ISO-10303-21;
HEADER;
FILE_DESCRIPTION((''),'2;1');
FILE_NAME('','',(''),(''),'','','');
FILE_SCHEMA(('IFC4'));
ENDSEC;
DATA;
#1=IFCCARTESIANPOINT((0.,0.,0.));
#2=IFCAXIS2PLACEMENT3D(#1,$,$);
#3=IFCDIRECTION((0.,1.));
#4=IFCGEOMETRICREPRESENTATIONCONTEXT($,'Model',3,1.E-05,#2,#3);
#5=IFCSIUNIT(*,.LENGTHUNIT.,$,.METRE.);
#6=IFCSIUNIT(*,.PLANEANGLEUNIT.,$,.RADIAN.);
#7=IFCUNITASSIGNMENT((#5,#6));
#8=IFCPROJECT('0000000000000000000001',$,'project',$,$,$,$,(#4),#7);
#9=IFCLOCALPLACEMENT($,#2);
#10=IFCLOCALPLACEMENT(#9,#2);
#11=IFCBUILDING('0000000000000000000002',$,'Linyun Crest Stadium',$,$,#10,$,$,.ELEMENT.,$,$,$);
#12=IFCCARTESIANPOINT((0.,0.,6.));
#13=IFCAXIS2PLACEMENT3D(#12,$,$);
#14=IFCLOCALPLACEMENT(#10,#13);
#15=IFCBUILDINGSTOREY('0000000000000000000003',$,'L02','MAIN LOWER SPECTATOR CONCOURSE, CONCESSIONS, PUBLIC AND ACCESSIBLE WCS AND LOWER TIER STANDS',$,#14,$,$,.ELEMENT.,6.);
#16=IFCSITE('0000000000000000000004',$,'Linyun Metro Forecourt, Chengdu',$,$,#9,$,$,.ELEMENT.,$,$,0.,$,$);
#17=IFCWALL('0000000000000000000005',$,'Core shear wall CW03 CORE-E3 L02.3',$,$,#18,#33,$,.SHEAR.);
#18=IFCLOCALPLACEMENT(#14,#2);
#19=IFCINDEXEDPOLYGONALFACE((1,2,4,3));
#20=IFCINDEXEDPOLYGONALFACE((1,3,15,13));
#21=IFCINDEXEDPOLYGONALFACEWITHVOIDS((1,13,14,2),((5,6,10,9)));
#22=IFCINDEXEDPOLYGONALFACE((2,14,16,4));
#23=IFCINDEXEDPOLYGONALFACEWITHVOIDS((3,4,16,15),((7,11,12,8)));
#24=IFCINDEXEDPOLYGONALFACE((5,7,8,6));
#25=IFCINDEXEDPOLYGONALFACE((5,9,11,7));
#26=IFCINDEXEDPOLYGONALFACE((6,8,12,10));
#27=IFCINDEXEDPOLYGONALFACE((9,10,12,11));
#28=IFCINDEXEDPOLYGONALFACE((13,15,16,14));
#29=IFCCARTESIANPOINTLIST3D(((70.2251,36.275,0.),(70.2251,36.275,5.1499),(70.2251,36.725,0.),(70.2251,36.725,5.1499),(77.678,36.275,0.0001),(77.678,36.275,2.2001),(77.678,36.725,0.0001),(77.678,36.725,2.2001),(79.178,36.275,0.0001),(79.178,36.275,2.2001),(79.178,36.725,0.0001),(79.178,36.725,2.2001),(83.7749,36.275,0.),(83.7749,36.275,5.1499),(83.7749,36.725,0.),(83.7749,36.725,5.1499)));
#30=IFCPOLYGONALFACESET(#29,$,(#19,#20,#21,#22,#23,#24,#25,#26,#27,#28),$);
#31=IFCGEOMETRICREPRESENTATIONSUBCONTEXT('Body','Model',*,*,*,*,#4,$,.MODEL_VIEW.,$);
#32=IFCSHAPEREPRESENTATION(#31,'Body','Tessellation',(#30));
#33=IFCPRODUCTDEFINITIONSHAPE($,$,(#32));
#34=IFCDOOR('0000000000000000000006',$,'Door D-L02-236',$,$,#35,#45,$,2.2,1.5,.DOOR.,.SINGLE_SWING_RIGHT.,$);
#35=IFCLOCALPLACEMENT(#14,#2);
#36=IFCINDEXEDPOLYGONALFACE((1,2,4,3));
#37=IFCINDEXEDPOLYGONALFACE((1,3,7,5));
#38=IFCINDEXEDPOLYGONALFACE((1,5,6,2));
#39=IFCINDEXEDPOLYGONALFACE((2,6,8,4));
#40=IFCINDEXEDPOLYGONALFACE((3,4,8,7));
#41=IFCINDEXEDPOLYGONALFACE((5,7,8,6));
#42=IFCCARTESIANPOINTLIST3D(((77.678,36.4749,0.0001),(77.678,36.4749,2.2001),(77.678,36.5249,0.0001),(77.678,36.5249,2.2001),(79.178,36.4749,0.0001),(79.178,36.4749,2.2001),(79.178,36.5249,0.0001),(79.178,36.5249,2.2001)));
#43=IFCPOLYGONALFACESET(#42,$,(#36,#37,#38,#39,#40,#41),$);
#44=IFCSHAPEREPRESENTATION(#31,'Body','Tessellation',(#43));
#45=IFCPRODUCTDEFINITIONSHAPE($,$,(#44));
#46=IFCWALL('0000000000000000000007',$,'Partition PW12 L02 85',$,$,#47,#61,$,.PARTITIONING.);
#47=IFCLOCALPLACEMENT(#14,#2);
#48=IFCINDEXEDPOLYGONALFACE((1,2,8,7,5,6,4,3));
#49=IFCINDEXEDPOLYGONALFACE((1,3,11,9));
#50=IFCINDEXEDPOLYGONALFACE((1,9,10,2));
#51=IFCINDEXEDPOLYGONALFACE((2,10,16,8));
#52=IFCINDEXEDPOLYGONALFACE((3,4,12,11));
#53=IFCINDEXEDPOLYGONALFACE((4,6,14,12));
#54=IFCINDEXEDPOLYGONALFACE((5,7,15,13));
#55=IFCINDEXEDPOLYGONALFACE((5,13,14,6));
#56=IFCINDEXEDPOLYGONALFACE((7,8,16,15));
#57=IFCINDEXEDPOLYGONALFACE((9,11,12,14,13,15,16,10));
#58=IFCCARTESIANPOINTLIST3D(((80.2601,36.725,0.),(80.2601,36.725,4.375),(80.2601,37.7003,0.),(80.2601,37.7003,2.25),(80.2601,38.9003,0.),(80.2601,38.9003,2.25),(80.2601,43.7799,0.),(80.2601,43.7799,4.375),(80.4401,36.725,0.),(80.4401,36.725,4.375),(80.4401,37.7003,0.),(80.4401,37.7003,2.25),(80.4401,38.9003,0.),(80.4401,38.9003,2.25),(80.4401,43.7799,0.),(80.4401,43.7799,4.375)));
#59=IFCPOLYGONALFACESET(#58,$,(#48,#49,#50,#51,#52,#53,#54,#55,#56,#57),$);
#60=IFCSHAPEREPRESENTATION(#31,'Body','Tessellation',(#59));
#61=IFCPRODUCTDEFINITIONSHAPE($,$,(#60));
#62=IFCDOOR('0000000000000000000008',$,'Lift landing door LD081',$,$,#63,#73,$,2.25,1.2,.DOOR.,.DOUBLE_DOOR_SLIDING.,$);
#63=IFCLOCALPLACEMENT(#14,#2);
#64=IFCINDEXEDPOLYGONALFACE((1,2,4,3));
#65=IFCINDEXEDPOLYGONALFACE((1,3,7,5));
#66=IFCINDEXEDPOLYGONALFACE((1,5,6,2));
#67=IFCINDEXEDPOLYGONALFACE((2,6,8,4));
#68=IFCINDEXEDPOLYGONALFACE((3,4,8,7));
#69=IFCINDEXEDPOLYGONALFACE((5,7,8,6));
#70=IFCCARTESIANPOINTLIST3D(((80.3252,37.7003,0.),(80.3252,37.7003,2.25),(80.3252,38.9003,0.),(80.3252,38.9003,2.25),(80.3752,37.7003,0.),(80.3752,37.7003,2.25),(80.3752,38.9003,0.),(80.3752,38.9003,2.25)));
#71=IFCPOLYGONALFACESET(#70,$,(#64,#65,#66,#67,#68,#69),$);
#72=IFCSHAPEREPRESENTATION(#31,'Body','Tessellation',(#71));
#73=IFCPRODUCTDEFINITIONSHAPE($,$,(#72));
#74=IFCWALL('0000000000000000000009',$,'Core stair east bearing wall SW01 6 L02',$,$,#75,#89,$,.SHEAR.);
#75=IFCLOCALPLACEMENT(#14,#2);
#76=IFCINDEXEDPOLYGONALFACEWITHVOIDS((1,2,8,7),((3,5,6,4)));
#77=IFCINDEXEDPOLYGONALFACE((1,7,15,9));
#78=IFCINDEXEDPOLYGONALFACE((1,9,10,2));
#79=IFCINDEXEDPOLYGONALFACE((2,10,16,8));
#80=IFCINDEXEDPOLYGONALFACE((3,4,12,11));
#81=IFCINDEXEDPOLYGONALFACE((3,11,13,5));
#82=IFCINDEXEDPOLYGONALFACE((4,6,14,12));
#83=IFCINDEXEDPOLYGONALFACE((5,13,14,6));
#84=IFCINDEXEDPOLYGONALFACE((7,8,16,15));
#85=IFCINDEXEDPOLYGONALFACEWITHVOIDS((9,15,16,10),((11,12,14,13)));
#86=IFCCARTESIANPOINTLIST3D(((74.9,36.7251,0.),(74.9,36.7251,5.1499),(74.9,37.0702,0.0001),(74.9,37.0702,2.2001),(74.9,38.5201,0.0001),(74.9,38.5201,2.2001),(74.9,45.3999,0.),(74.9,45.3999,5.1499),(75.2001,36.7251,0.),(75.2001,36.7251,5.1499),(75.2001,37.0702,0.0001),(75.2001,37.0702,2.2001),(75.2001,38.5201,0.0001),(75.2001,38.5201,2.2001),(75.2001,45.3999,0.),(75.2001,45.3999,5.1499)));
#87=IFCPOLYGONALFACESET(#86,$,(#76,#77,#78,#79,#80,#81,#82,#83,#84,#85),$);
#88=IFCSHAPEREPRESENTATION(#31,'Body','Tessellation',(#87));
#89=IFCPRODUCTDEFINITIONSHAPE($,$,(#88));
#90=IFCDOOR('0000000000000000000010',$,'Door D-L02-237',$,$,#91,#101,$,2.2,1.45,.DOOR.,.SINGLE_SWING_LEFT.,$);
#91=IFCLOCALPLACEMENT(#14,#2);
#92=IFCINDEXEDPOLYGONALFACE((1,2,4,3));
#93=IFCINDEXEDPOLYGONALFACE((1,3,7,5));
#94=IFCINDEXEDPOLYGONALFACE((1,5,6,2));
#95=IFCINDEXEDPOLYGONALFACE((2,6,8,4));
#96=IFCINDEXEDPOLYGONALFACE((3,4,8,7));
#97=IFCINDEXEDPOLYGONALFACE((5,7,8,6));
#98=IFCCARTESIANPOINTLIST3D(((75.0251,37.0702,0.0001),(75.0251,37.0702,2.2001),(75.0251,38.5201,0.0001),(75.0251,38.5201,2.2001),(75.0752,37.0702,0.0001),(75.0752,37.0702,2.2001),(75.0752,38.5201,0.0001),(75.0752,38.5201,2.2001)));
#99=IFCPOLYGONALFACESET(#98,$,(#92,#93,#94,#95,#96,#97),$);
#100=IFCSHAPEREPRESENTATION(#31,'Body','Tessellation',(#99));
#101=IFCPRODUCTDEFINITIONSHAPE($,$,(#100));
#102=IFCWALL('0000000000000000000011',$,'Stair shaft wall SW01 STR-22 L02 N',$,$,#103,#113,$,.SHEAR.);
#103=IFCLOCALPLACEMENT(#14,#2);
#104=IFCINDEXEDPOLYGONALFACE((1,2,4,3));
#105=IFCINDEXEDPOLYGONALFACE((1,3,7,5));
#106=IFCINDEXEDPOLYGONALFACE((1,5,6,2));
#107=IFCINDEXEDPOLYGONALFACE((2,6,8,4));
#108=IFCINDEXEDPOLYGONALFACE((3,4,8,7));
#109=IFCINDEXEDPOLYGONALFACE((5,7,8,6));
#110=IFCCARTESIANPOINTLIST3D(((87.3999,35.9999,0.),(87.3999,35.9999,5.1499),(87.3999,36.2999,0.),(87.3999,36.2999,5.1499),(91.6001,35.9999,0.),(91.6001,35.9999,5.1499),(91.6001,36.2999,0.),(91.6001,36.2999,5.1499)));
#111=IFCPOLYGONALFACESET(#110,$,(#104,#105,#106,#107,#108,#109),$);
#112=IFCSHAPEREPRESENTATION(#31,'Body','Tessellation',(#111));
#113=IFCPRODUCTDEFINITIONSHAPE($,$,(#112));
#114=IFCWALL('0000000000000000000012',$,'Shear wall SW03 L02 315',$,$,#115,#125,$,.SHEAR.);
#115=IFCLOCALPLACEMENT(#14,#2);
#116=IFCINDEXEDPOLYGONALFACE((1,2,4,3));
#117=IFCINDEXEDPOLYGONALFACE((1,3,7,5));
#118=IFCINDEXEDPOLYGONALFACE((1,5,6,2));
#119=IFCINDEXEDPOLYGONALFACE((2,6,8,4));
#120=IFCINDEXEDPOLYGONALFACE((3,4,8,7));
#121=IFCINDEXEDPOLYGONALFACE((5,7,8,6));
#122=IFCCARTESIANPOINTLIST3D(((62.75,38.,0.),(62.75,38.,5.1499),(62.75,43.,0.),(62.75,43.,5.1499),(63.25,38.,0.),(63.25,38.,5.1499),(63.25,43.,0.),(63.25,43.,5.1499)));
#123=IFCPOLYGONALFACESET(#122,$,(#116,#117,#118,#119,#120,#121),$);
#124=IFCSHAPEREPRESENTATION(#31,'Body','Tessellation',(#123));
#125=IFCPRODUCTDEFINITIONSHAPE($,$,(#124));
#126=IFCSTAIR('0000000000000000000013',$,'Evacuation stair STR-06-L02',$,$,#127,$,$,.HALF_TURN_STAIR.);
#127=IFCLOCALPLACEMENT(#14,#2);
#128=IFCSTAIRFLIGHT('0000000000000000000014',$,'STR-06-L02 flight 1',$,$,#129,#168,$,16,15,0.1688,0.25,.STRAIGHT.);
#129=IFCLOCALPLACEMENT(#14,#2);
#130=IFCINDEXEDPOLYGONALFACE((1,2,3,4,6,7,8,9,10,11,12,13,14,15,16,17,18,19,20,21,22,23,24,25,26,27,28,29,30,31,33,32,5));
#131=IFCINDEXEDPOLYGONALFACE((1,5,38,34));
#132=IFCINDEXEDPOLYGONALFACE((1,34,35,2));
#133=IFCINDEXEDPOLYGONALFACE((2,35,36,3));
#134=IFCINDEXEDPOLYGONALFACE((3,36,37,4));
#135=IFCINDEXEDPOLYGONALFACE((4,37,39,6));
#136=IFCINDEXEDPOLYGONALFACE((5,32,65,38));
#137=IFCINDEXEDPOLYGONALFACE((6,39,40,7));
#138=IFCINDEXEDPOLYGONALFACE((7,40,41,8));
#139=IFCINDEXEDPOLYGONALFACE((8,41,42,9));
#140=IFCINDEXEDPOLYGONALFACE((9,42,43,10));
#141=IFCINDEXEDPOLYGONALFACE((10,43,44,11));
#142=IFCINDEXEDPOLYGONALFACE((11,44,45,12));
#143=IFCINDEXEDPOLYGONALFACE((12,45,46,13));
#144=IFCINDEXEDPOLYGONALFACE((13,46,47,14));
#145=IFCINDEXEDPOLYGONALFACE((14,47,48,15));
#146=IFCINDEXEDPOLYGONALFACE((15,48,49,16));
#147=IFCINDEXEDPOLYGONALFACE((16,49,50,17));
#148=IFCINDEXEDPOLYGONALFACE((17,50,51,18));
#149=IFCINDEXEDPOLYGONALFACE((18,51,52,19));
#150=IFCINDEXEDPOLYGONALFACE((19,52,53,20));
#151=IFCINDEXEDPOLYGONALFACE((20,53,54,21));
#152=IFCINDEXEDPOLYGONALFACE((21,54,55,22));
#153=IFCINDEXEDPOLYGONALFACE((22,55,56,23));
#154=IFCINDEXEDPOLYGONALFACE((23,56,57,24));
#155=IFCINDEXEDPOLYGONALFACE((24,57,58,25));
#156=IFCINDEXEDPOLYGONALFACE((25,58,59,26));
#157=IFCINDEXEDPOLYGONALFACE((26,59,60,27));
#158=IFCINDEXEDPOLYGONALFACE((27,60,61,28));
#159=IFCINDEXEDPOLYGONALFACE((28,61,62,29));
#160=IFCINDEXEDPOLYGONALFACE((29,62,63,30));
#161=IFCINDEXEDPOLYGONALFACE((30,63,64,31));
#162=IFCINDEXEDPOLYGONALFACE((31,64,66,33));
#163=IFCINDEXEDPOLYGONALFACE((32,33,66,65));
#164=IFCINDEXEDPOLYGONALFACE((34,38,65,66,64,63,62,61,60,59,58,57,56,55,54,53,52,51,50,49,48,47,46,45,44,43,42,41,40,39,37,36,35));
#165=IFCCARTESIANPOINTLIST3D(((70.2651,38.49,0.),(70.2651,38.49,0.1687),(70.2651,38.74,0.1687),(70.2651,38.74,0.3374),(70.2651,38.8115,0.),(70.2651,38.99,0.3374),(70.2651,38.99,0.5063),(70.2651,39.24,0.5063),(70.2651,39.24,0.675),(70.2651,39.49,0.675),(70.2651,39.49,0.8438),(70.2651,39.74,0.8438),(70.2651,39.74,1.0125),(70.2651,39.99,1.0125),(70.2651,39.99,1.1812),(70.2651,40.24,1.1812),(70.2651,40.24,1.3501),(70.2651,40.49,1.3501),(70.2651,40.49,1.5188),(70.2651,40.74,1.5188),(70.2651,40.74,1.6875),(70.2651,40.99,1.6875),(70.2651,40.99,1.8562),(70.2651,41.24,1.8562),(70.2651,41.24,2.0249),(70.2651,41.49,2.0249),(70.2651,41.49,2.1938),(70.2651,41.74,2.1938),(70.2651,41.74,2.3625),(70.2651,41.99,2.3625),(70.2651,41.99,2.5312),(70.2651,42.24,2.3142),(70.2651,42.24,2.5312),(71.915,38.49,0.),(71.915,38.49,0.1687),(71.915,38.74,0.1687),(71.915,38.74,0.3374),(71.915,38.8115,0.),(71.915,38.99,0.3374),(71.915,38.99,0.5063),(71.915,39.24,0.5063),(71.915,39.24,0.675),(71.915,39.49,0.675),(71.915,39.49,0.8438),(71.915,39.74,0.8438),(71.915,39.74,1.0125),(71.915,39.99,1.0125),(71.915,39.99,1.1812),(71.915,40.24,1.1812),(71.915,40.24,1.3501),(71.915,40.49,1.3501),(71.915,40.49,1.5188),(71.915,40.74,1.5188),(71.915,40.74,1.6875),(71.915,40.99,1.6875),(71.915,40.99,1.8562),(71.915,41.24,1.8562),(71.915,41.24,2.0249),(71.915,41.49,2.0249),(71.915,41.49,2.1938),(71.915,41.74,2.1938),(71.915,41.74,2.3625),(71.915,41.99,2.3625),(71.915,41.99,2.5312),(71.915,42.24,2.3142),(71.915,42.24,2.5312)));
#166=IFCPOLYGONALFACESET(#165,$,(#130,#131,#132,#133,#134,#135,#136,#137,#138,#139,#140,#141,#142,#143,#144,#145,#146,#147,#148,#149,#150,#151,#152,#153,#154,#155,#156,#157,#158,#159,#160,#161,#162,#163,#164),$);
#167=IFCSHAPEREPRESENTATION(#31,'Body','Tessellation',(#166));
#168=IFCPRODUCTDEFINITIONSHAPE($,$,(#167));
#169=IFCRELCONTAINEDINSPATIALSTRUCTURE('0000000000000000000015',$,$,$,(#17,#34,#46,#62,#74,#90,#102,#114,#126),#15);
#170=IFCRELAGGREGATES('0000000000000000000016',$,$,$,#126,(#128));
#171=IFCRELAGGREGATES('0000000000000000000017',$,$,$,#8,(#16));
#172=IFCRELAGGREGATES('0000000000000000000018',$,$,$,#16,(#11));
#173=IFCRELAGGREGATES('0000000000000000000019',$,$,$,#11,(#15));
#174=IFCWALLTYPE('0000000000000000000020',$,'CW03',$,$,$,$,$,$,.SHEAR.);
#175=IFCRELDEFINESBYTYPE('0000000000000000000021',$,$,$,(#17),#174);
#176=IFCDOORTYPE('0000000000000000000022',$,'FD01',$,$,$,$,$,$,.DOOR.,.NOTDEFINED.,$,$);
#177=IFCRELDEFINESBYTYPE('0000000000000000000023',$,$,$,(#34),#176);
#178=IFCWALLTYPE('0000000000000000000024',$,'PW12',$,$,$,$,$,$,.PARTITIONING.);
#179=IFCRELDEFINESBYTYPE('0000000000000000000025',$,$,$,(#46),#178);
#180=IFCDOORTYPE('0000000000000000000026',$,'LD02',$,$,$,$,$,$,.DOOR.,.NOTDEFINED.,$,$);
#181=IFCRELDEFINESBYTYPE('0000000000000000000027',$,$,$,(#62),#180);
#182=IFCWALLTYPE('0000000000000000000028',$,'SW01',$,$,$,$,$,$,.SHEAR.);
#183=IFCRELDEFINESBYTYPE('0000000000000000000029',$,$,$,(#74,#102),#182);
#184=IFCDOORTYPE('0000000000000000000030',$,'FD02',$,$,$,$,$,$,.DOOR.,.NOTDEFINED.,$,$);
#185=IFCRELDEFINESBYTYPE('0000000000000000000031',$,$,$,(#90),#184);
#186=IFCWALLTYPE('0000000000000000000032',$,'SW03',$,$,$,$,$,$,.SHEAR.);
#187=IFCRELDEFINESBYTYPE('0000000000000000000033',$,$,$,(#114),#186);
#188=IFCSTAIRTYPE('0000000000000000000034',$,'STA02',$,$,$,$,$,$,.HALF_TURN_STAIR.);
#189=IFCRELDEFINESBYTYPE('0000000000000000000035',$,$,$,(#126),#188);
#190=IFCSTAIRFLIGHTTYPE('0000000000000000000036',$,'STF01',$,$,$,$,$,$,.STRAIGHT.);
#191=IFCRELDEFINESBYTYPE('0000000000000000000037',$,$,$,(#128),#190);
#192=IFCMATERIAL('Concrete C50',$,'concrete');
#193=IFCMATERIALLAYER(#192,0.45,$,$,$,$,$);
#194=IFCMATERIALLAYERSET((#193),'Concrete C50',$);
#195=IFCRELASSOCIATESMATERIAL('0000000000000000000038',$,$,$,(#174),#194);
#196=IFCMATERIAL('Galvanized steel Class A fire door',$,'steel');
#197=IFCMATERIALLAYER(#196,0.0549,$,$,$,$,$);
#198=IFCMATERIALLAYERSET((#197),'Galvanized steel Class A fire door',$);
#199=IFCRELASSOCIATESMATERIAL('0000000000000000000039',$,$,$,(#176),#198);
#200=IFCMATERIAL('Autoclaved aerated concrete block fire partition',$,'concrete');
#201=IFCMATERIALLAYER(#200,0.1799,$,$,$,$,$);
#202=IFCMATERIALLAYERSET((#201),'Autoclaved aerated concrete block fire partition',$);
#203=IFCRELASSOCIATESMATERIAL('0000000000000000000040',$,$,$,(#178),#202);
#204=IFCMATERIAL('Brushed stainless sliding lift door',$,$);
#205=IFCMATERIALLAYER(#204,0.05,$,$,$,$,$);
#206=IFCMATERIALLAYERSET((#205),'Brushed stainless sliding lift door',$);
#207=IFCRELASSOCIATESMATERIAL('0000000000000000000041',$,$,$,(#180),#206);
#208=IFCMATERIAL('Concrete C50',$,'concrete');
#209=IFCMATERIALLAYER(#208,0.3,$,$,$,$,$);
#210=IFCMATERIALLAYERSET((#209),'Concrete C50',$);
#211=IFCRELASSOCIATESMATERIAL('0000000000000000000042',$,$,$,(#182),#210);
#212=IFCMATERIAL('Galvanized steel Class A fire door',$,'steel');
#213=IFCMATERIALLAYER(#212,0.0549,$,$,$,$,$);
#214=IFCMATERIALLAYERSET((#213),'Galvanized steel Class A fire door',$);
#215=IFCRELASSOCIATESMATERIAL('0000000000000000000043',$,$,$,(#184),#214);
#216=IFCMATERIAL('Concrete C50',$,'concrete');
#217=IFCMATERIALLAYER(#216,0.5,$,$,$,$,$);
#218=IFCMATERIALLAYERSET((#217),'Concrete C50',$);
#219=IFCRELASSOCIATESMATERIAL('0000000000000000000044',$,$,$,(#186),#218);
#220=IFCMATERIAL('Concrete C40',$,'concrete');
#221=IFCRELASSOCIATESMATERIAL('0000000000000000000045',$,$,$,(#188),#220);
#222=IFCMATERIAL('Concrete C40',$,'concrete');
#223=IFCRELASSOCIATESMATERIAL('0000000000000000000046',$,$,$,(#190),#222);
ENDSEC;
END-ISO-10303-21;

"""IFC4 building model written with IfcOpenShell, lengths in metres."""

from ifc_helpers import new_model, si_unit, direction, frame, frame_2d, origin, place, context, subcontext, project, spatial, polyline, rectangle, outline, extrude, material, layer, layer_set, type_object, element, fill, aggregate, save


model = new_model("IFC4")

# Units and contexts
model_context = context("Model", 3, precision=1e-05, world=origin(), true_north=direction((0.0, 1.0)))
body_context = subcontext(model_context, "Body", "Model", "MODEL_VIEW")
ifc_project = project(units=[si_unit("LENGTHUNIT", "METRE"), si_unit("PLANEANGLEUNIT", "RADIAN")], contexts=[model_context])

# Site, building, storey
site_placement = place(None, origin())
site = spatial("IfcSite", under=ifc_project, at=site_placement, Name="Linyun Metro Forecourt, Chengdu", CompositionType="ELEMENT", RefElevation=0.0)
building_placement = place(site_placement, origin())
building = spatial("IfcBuilding", under=site, at=building_placement, Name="Linyun Crest Stadium", CompositionType="ELEMENT")
storey_placement = place(building_placement, frame((0.0, 0.0, 6.0)))
storey = spatial("IfcBuildingStorey", under=building, at=storey_placement, Name="L02", Description="MAIN LOWER SPECTATOR CONCOURSE, CONCESSIONS, PUBLIC AND ACCESSIBLE WCS AND LOWER TIER STANDS", CompositionType="ELEMENT", Elevation=6.0)

# Shared definitions
ifc_material_1 = material(Name="Concrete C50", Category="concrete")
ifc_layer_1 = layer(ifc_material_1, 0.45)
ifc_layer_set_1 = layer_set([ifc_layer_1], Name="Concrete C50")
wall_type_1 = type_object("IfcWallType", Name="CW03", PredefinedType="SHEAR", material=ifc_layer_set_1)

# Walls, openings, doors
wall_1_placement = place(storey_placement, frame((70.2251, 36.5, 0.0), z_axis=(0.0, 0.0, 1.0), x_axis=(1.0, 0.0, 0.0)))
wall_1 = element("IfcWall", 1, at=wall_1_placement, inside=storey, type_object=wall_type_1, Name="Core shear wall CW03 CORE-E3 L02.3", PredefinedType="SHEAR", context=body_context, shape_type="SweptSolid", body=[
    extrude(rectangle(XDim=13.5498, YDim=0.45, at=frame_2d((6.7749, 0.0))), origin(), (0.0, 0.0, 1.0), 5.1499),
])
opening_1_placement = place(wall_1_placement, frame((7.4529, 0.0, 0.0)))
opening_1 = element("IfcOpeningElement", 2, at=opening_1_placement, cuts=wall_1, PredefinedType="OPENING", context=body_context, shape_type="SweptSolid", body=[
    extrude(rectangle(XDim=1.5, YDim=2.2, at=frame_2d((0.75, 1.1001))), frame((0.0, 0.2349, 0.0), z_axis=(0.0, -1.0, 0.0), x_axis=(1.0, 0.0, 0.0)), (0.0, 0.0, 1.0), 0.47),
])
ifc_material_2 = material(Name="Galvanized steel Class A fire door", Category="steel")
ifc_layer_2 = layer(ifc_material_2, 0.0549)
ifc_layer_set_2 = layer_set([ifc_layer_2], Name="Galvanized steel Class A fire door")
door_type_1 = type_object("IfcDoorType", Name="FD01", OperationType="NOTDEFINED", PredefinedType="DOOR", material=ifc_layer_set_2)
door_1_placement = place(opening_1_placement, origin())
door_1 = element("IfcDoor", 3, at=door_1_placement, inside=storey, type_object=door_type_1, Name="Door D-L02-236", OperationType="SINGLE_SWING_RIGHT", OverallHeight=2.2, OverallWidth=1.5, PredefinedType="DOOR", context=body_context, shape_type="SweptSolid", body=[
    extrude(rectangle(XDim=1.5, YDim=2.2, at=frame_2d((0.75, 1.1001))), frame((0.0, 0.0249, 0.0), z_axis=(0.0, -1.0, 0.0), x_axis=(1.0, 0.0, 0.0)), (0.0, 0.0, 1.0), 0.05),
])
fill(opening_1, door_1)
ifc_material_3 = material(Name="Autoclaved aerated concrete block fire partition", Category="concrete")
ifc_layer_3 = layer(ifc_material_3, 0.1799)
ifc_layer_set_3 = layer_set([ifc_layer_3], Name="Autoclaved aerated concrete block fire partition")
wall_type_2 = type_object("IfcWallType", Name="PW12", PredefinedType="PARTITIONING", material=ifc_layer_set_3)
wall_2_placement = place(storey_placement, frame((80.3501, 36.7251, 0.0), z_axis=(0.0, 0.0, 1.0), x_axis=(0.0, 1.0, 0.0)))
wall_2 = element("IfcWall", 4, at=wall_2_placement, inside=storey, type_object=wall_type_2, Name="Partition PW12 L02 85", PredefinedType="PARTITIONING", context=body_context, shape_type="SweptSolid", body=[
    extrude(rectangle(XDim=7.0549, YDim=0.1799, at=frame_2d((3.5273, 0.0))), origin(), (0.0, 0.0, 1.0), 4.375),
])
opening_2_placement = place(wall_2_placement, frame((0.9751, 0.0, 0.0)))
opening_2 = element("IfcOpeningElement", 5, at=opening_2_placement, cuts=wall_2, PredefinedType="OPENING", context=body_context, shape_type="SweptSolid", body=[
    extrude(rectangle(XDim=1.2, YDim=2.25, at=frame_2d((0.6001, 1.125))), frame((0.0, 0.0999, 0.0), z_axis=(0.0, -1.0, 0.0), x_axis=(1.0, 0.0, 0.0)), (0.0, 0.0, 1.0), 0.2),
])
ifc_material_4 = material(Name="Brushed stainless sliding lift door")
ifc_layer_4 = layer(ifc_material_4, 0.05)
ifc_layer_set_4 = layer_set([ifc_layer_4], Name="Brushed stainless sliding lift door")
door_type_2 = type_object("IfcDoorType", Name="LD02", OperationType="NOTDEFINED", PredefinedType="DOOR", material=ifc_layer_set_4)
door_2_placement = place(opening_2_placement, origin())
door_2 = element("IfcDoor", 6, at=door_2_placement, inside=storey, type_object=door_type_2, Name="Lift landing door LD081", OperationType="DOUBLE_DOOR_SLIDING", OverallHeight=2.25, OverallWidth=1.2, PredefinedType="DOOR", context=body_context, shape_type="SweptSolid", body=[
    extrude(rectangle(XDim=1.2, YDim=2.25, at=frame_2d((0.6001, 1.125))), frame((0.0, 0.0249, 0.0), z_axis=(0.0, -1.0, 0.0), x_axis=(1.0, 0.0, 0.0)), (0.0, 0.0, 1.0), 0.05),
])
fill(opening_2, door_2)
ifc_material_5 = material(Name="Concrete C50", Category="concrete")
ifc_layer_5 = layer(ifc_material_5, 0.3)
ifc_layer_set_5 = layer_set([ifc_layer_5], Name="Concrete C50")
wall_type_3 = type_object("IfcWallType", Name="SW01", PredefinedType="SHEAR", material=ifc_layer_set_5)
wall_3_placement = place(storey_placement, frame((75.05, 36.7251, 0.0), z_axis=(0.0, 0.0, 1.0), x_axis=(0.0, 1.0, 0.0)))
wall_3 = element("IfcWall", 7, at=wall_3_placement, inside=storey, type_object=wall_type_3, Name="Core stair east bearing wall SW01 6 L02", PredefinedType="SHEAR", context=body_context, shape_type="SweptSolid", body=[
    extrude(rectangle(XDim=8.6748, YDim=0.3, at=frame_2d((4.3374, 0.0))), origin(), (0.0, 0.0, 1.0), 5.1499),
])
opening_3_placement = place(wall_3_placement, frame((0.345, 0.0, 0.0)))
opening_3 = element("IfcOpeningElement", 8, at=opening_3_placement, cuts=wall_3, PredefinedType="OPENING", context=body_context, shape_type="SweptSolid", body=[
    extrude(rectangle(XDim=1.45, YDim=2.2, at=frame_2d((0.7251, 1.1001))), frame((0.0, 0.1599, 0.0), z_axis=(0.0, -1.0, 0.0), x_axis=(1.0, 0.0, 0.0)), (0.0, 0.0, 1.0), 0.3201),
])
ifc_material_6 = material(Name="Galvanized steel Class A fire door", Category="steel")
ifc_layer_6 = layer(ifc_material_6, 0.0549)
ifc_layer_set_6 = layer_set([ifc_layer_6], Name="Galvanized steel Class A fire door")
door_type_3 = type_object("IfcDoorType", Name="FD02", OperationType="NOTDEFINED", PredefinedType="DOOR", material=ifc_layer_set_6)
door_3_placement = place(opening_3_placement, origin())
door_3 = element("IfcDoor", 9, at=door_3_placement, inside=storey, type_object=door_type_3, Name="Door D-L02-237", OperationType="SINGLE_SWING_LEFT", OverallHeight=2.2, OverallWidth=1.45, PredefinedType="DOOR", context=body_context, shape_type="SweptSolid", body=[
    extrude(rectangle(XDim=1.45, YDim=2.2, at=frame_2d((0.7251, 1.1001))), frame((0.0, 0.0249, 0.0), z_axis=(0.0, -1.0, 0.0), x_axis=(1.0, 0.0, 0.0)), (0.0, 0.0, 1.0), 0.05),
])
fill(opening_3, door_3)

# Walls
wall_4_placement = place(storey_placement, frame((87.3999, 36.1499, 0.0), z_axis=(0.0, 0.0, 1.0), x_axis=(1.0, 0.0, 0.0)))
element("IfcWall", 10, at=wall_4_placement, inside=storey, type_object=wall_type_3, Name="Stair shaft wall SW01 STR-22 L02 N", PredefinedType="SHEAR", context=body_context, shape_type="SweptSolid", body=[
    extrude(rectangle(XDim=4.2002, YDim=0.3, at=frame_2d((2.1001, 0.0))), origin(), (0.0, 0.0, 1.0), 5.1499),
])
ifc_material_7 = material(Name="Concrete C50", Category="concrete")
ifc_layer_7 = layer(ifc_material_7, 0.5)
ifc_layer_set_7 = layer_set([ifc_layer_7], Name="Concrete C50")
wall_type_4 = type_object("IfcWallType", Name="SW03", PredefinedType="SHEAR", material=ifc_layer_set_7)
wall_5_placement = place(storey_placement, frame((63.0, 38.0, 0.0), z_axis=(0.0, 0.0, 1.0), x_axis=(0.0, 1.0, 0.0)))
element("IfcWall", 11, at=wall_5_placement, inside=storey, type_object=wall_type_4, Name="Shear wall SW03 L02 315", PredefinedType="SHEAR", context=body_context, shape_type="SweptSolid", body=[
    extrude(rectangle(XDim=5.0, YDim=0.5, at=frame_2d((2.5, 0.0))), origin(), (0.0, 0.0, 1.0), 5.1499),
])

# Stair, stair flight
ifc_material_8 = material(Name="Concrete C40", Category="concrete")
stair_type = type_object("IfcStairType", Name="STA02", PredefinedType="HALF_TURN_STAIR", material=ifc_material_8)
stair_1_placement = place(storey_placement, origin())
stair_1 = element("IfcStair", 12, at=stair_1_placement, inside=storey, type_object=stair_type, Name="Evacuation stair STR-06-L02", PredefinedType="HALF_TURN_STAIR")
ifc_material_9 = material(Name="Concrete C40", Category="concrete")
stair_flight_type_1 = type_object("IfcStairFlightType", Name="STF01", PredefinedType="STRAIGHT", material=ifc_material_9)
stair_flight_1_placement = place(storey_placement, frame((71.0901, 38.49, 0.0), z_axis=(0.0, 0.0, 1.0), x_axis=(0.0, 1.0, 0.0)))
stair_flight_1 = element("IfcStairFlight", 13, at=stair_flight_1_placement, type_object=stair_flight_type_1, Name="STR-06-L02 flight 1", NumberOfRisers=16, NumberOfTreads=15, PredefinedType="STRAIGHT", RiserHeight=0.1688, TreadLength=0.25, context=body_context, shape_type="SweptSolid", body=[
    extrude(outline(polyline([(0.0, 0.0), (0.0, 0.1687), (0.25, 0.1687), (0.25, 0.3374), (0.5, 0.3374), (0.5, 0.5063), (0.75, 0.5063), (0.75, 0.675), (1.0, 0.675), (1.0, 0.8438), (1.25, 0.8438), (1.25, 1.0125), (1.5, 1.0125), (1.5, 1.1812), (1.75, 1.1812), (1.75, 1.3501), (2.0, 1.3501), (2.0, 1.5188), (2.25, 1.5188), (2.25, 1.6875), (2.5, 1.6875), (2.5, 1.8562), (2.75, 1.8562), (2.75, 2.0249), (3.0, 2.0249), (3.0, 2.1938), (3.25, 2.1938), (3.25, 2.3625), (3.5, 2.3625), (3.5, 2.5312), (3.75, 2.5312), (3.75, 2.7), (3.75, 2.3142), (0.3215, 0.0), (0.0, 0.0)])), frame((0.0, 0.825, 0.0), z_axis=(0.0, -1.0, 0.0), x_axis=(1.0, 0.0, 0.0)), (0.0, 0.0, 1.0), 1.6499),
])
aggregate(stair_1, [stair_flight_1])

save(model, "model.ifc")
